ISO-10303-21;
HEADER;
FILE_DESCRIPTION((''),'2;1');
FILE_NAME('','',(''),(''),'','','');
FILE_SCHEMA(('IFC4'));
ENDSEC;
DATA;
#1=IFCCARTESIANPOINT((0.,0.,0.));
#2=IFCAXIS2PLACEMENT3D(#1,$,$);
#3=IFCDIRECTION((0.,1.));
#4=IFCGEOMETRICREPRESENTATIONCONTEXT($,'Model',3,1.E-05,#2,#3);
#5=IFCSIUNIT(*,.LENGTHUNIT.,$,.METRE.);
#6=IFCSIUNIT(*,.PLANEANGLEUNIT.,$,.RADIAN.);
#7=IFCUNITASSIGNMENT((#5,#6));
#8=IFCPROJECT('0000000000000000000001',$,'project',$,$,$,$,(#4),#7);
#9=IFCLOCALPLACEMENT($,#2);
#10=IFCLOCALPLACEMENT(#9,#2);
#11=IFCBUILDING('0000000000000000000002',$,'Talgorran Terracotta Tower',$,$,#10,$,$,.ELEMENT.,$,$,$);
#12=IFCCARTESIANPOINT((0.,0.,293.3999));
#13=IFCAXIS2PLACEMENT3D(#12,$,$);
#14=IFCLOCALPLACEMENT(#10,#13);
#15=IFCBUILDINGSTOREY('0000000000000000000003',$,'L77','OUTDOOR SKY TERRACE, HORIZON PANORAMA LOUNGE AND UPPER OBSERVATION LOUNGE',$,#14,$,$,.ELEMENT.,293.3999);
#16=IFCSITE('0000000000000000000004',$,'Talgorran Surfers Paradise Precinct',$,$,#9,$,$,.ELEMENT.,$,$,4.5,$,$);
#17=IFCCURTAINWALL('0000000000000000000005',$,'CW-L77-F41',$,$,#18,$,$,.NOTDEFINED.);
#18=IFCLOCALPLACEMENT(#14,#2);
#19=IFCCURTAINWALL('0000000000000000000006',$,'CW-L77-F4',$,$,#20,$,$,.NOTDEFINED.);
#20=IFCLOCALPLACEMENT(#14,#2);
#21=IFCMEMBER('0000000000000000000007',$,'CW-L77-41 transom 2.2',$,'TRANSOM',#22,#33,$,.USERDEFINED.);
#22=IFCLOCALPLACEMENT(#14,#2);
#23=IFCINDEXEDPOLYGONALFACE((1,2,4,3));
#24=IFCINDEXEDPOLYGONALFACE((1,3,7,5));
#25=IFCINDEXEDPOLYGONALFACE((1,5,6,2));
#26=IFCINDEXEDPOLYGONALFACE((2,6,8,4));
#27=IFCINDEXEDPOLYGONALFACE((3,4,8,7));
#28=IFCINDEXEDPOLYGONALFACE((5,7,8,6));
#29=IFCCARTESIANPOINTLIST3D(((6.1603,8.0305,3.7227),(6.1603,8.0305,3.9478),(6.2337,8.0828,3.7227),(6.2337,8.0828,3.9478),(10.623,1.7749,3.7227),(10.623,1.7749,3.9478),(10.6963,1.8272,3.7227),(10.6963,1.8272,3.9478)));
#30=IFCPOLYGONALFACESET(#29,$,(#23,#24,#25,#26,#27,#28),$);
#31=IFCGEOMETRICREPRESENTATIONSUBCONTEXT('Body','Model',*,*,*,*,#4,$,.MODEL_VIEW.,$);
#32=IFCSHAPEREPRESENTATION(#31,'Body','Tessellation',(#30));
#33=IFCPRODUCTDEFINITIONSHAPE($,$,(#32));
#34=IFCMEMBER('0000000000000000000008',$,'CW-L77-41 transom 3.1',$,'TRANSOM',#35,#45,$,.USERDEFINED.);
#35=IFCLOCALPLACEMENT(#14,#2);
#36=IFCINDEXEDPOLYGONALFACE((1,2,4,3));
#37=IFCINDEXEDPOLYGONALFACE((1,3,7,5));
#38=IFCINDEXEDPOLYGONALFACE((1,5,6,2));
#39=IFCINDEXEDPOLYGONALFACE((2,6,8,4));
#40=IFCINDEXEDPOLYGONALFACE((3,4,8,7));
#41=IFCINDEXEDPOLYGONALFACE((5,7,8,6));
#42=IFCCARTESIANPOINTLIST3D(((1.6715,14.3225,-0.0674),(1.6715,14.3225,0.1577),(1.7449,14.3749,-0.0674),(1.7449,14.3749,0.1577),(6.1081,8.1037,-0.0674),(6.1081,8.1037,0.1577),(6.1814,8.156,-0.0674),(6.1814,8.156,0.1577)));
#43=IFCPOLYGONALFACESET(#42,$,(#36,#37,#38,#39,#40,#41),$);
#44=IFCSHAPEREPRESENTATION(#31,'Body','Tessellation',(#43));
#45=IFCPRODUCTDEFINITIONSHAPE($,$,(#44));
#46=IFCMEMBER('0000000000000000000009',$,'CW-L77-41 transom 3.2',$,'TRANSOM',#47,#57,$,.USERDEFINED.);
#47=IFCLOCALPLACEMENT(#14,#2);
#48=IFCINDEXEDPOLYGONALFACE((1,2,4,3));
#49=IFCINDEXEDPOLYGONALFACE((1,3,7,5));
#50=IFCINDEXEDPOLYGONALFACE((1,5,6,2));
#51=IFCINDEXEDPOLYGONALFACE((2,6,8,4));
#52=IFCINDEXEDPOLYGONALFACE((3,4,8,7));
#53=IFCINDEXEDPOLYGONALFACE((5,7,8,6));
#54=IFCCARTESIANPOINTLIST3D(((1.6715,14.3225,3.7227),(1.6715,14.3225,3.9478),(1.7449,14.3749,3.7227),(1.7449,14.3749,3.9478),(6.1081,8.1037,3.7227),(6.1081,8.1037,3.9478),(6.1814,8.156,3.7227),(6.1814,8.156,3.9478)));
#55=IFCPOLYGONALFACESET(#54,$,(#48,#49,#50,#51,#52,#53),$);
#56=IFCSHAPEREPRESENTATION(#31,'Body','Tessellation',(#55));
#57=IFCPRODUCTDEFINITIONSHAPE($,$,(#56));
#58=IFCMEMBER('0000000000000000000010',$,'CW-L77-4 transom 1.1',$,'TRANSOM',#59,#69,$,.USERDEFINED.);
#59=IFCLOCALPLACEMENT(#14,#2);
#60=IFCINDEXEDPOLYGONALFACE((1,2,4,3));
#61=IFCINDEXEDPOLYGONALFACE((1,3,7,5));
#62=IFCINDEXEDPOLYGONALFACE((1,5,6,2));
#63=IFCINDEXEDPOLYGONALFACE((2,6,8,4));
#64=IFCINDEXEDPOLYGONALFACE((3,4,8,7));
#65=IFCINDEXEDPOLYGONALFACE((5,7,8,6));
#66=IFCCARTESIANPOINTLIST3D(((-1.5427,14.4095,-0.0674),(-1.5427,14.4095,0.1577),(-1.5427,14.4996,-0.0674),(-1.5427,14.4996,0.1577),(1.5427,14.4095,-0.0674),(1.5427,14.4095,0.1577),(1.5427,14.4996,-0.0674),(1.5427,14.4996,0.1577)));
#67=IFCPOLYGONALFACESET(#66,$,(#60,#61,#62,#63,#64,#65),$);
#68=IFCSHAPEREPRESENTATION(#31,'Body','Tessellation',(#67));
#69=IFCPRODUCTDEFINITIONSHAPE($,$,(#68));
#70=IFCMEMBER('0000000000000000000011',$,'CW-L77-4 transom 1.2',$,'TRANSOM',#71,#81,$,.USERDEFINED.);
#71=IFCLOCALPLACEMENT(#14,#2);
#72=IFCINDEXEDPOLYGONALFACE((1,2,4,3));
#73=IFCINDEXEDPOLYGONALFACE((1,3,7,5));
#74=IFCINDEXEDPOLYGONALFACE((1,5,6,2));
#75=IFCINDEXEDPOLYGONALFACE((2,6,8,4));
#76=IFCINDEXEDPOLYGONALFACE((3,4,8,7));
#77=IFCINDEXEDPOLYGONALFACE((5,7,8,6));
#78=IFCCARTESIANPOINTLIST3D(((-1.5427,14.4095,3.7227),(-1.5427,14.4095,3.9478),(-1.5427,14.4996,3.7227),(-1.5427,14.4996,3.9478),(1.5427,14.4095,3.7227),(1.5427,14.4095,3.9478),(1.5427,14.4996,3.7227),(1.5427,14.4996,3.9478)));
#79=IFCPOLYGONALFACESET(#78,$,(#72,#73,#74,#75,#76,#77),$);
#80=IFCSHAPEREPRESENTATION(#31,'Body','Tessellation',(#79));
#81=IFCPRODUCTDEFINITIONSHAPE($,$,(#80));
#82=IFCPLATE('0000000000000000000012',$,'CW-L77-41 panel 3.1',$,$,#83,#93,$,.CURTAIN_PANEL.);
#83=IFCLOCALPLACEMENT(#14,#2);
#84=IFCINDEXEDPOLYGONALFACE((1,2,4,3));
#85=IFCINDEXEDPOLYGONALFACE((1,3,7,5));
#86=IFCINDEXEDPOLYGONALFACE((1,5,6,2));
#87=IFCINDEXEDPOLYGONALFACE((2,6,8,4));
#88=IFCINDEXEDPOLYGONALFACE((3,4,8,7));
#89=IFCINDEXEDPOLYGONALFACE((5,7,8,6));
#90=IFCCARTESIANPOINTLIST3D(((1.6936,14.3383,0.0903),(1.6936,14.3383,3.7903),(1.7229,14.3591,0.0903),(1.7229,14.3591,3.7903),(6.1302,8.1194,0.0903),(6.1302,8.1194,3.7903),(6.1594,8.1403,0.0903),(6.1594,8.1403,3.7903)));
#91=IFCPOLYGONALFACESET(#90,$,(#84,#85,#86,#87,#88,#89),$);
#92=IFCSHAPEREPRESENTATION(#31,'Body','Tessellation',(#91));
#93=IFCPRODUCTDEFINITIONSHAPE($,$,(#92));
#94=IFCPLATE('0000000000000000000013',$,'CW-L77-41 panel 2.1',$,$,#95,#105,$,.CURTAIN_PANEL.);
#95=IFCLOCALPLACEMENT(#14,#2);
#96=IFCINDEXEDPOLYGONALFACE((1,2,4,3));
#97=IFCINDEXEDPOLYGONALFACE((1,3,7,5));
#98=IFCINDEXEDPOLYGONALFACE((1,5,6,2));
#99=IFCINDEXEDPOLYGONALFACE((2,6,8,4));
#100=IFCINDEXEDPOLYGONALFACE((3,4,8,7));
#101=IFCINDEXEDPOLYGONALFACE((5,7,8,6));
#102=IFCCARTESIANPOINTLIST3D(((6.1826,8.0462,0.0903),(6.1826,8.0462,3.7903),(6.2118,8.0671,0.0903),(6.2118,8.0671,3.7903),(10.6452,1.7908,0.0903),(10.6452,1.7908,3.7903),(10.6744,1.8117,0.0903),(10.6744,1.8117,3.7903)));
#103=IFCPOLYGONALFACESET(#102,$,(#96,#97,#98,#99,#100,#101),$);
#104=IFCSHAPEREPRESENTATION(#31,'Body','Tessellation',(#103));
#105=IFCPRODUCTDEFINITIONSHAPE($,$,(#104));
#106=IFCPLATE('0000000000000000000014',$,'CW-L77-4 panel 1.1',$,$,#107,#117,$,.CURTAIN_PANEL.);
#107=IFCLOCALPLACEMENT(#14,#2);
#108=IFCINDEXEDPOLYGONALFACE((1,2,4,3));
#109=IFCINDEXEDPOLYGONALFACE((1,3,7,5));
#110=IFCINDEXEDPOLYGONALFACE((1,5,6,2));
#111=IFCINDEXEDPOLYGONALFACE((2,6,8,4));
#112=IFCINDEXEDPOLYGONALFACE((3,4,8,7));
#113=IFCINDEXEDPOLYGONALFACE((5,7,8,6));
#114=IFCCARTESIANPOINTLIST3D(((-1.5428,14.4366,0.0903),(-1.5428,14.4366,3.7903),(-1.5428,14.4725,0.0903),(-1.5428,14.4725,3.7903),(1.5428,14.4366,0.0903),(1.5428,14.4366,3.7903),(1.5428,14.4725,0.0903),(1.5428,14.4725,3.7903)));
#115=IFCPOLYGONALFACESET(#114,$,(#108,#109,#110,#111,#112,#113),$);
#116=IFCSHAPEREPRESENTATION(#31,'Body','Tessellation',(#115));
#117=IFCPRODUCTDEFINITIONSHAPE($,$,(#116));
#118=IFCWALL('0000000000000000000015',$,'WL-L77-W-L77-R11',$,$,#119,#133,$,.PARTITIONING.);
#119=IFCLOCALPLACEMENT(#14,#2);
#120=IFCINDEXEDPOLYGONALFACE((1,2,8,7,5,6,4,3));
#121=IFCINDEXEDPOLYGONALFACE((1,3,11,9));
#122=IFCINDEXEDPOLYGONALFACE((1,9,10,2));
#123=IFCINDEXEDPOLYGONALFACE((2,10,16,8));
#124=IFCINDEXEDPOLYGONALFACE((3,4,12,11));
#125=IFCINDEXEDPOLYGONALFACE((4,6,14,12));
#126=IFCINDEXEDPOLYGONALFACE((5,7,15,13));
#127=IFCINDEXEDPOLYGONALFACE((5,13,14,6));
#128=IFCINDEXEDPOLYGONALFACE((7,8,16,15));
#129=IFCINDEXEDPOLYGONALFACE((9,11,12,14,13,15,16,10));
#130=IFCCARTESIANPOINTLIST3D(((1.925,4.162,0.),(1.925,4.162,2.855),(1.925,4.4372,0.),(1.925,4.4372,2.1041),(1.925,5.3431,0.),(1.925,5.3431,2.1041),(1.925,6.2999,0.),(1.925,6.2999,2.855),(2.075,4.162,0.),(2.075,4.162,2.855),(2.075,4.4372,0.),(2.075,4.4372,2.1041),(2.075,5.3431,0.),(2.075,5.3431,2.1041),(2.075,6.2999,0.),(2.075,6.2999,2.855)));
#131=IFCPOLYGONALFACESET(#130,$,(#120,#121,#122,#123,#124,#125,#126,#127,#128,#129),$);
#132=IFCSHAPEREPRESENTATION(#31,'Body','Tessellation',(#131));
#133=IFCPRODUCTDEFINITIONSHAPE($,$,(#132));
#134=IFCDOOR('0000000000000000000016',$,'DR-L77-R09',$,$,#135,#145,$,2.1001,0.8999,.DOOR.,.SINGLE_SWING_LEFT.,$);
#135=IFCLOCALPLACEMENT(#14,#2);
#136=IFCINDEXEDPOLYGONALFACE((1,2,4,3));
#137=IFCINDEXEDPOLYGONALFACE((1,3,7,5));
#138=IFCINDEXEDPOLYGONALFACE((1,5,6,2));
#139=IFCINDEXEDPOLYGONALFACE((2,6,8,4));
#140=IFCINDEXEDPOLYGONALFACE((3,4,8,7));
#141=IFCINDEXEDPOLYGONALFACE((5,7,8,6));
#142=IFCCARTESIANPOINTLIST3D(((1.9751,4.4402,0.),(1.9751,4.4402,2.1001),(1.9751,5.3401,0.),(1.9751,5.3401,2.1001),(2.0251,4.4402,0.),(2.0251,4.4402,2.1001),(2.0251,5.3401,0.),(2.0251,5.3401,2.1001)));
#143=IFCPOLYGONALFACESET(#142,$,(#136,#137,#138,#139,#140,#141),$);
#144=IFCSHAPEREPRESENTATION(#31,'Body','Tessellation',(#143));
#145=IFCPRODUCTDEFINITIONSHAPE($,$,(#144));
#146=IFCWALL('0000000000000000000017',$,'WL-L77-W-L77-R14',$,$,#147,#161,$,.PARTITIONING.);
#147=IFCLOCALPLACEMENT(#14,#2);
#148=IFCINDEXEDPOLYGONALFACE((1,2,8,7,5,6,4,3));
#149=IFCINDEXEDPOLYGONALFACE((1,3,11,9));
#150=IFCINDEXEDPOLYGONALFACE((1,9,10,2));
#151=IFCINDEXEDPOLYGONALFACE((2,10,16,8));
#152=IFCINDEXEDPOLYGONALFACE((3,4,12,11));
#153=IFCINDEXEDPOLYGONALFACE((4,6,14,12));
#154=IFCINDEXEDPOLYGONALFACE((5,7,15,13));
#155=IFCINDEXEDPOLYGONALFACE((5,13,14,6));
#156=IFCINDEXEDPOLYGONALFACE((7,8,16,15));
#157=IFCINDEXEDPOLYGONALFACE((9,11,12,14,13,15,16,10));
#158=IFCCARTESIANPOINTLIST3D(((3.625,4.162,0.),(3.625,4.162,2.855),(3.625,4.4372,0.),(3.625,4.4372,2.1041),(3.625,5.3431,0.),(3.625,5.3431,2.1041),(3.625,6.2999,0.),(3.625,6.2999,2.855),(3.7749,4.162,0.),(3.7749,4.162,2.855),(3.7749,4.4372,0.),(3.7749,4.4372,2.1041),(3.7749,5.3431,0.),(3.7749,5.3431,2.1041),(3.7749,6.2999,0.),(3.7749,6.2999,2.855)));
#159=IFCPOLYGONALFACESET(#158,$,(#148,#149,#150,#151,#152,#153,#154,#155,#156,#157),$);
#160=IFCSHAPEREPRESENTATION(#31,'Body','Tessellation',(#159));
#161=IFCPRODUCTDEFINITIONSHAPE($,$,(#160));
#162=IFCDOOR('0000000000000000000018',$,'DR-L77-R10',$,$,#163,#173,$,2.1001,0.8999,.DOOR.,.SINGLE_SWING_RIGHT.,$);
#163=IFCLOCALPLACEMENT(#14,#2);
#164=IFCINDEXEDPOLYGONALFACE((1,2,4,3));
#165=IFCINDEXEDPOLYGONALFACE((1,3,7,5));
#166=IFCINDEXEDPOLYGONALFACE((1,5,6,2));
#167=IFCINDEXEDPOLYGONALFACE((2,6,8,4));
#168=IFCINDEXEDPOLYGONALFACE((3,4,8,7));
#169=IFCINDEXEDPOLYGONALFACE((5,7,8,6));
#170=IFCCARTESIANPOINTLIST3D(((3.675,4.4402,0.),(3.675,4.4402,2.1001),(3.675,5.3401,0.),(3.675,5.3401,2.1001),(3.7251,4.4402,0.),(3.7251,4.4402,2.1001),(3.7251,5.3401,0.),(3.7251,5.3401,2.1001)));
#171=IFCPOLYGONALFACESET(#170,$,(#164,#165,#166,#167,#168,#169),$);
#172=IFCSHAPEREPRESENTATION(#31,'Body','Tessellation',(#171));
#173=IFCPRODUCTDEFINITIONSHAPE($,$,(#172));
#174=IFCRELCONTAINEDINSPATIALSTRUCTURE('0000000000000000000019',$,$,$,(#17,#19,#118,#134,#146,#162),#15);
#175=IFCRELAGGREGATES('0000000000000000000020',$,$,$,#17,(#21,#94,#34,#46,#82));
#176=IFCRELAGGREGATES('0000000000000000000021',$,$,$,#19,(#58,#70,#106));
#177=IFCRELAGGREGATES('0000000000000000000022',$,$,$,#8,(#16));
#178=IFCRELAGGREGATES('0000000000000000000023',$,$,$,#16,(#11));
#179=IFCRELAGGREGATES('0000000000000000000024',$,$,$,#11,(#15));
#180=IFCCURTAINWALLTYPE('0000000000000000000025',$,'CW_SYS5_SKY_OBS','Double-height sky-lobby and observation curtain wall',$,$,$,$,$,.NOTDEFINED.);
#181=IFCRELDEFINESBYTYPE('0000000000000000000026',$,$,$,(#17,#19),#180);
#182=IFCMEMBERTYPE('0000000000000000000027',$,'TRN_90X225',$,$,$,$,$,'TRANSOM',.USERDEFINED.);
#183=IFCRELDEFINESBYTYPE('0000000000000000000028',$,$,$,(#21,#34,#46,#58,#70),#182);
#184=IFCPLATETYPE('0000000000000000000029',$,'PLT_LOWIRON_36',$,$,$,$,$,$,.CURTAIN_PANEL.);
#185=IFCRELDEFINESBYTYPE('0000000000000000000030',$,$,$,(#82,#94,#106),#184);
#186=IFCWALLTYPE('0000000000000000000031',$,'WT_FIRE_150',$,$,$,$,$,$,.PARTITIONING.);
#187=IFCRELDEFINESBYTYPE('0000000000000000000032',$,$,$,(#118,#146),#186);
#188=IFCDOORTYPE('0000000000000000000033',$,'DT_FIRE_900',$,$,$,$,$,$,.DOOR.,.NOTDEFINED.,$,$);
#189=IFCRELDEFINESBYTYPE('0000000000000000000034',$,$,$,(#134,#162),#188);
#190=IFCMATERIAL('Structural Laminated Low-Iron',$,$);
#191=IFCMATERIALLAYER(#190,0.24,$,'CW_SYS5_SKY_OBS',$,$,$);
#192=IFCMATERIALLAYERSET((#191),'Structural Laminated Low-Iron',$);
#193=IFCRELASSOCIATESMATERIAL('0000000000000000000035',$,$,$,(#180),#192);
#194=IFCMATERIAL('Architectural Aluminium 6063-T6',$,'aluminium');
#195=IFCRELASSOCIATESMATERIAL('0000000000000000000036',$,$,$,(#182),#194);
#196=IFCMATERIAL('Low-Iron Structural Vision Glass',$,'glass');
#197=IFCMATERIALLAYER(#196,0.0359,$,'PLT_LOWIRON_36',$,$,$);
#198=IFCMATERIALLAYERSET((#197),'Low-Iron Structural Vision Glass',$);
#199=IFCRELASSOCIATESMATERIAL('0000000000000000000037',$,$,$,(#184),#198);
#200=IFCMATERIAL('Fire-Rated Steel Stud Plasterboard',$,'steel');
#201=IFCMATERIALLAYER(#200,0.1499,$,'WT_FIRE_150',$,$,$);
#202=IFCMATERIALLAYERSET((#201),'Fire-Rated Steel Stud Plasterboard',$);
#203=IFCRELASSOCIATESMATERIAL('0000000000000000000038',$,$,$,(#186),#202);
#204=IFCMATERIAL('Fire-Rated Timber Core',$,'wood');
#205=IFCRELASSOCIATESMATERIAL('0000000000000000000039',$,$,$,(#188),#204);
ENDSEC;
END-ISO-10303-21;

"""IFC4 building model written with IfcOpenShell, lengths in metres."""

from ifc_helpers import new_model, si_unit, direction, frame, frame_2d, origin, origin_2d, place, context, subcontext, project, spatial, rectangle, extrude, source, transform, mapped, material, layer, layer_set, material_profile, profile_set, type_object, type_shapes, element, fill, aggregate, save


model = new_model("IFC4")

# Units and contexts
model_context = context("Model", 3, precision=1e-05, world=origin(), true_north=direction((0.0, 1.0)))
body_context = subcontext(model_context, "Body", "Model", "MODEL_VIEW")
ifc_project = project(units=[si_unit("LENGTHUNIT", "METRE"), si_unit("PLANEANGLEUNIT", "RADIAN")], contexts=[model_context])

# Site, building, storey
site_placement = place(None, origin())
site = spatial("IfcSite", under=ifc_project, at=site_placement, Name="Talgorran Surfers Paradise Precinct", CompositionType="ELEMENT", RefElevation=4.5)
building_placement = place(site_placement, origin())
building = spatial("IfcBuilding", under=site, at=building_placement, Name="Talgorran Terracotta Tower", CompositionType="ELEMENT")
storey_placement = place(building_placement, frame((0.0, 0.0, 293.3999)))
storey = spatial("IfcBuildingStorey", under=building, at=storey_placement, Name="L77", Description="OUTDOOR SKY TERRACE, HORIZON PANORAMA LOUNGE AND UPPER OBSERVATION LOUNGE", CompositionType="ELEMENT", Elevation=293.3999)

# Curtain wall
ifc_material_1 = material(Name="Structural Laminated Low-Iron")
ifc_layer_1 = layer(ifc_material_1, 0.24, Name="CW_SYS5_SKY_OBS")
ifc_layer_set_1 = layer_set([ifc_layer_1], Name="Structural Laminated Low-Iron")
curtain_wall_type = type_object("IfcCurtainWallType", Name="CW_SYS5_SKY_OBS", Description="Double-height sky-lobby and observation curtain wall", PredefinedType="NOTDEFINED", material=ifc_layer_set_1)
curtain_wall_1_placement = place(storey_placement, origin())
curtain_wall_1 = element("IfcCurtainWall", 1, at=curtain_wall_1_placement, inside=storey, type_object=curtain_wall_type, Name="CW-L77-F41", PredefinedType="NOTDEFINED")
ifc_material_2 = material(Name="Architectural Aluminium 6063-T6", Category="aluminium")

# Curtain wall
curtain_wall_2_placement = place(storey_placement, origin())
curtain_wall_2 = element("IfcCurtainWall", 2, at=curtain_wall_2_placement, inside=storey, type_object=curtain_wall_type, Name="CW-L77-F4", PredefinedType="NOTDEFINED")

# Members
ifc_material_profile_1 = material_profile(ifc_material_2, rectangle(XDim=0.0901, YDim=0.2251, at=origin_2d()), Name="CWT90X225")
ifc_profile_set_1 = profile_set([ifc_material_profile_1], Name="Architectural Aluminium 6063-T6")
member_type_1 = type_object("IfcMemberType", Name="TRN_90X225", ElementType="TRANSOM", PredefinedType="USERDEFINED", material=ifc_profile_set_1)
member_1_placement = place(storey_placement, frame((10.6597, 1.801, 3.8352), z_axis=(-0.580751, 0.814081, 0.0), x_axis=(-0.814081, -0.580751, 0.0)))
member_1 = element("IfcMember", 3, at=member_1_placement, type_object=member_type_1, Name="CW-L77-41 transom 2.2", ObjectType="TRANSOM", PredefinedType="USERDEFINED", context=body_context, shape_type="SweptSolid", body=[
    extrude(rectangle(XDim=0.0901, YDim=0.2251, at=origin_2d()), origin(), (0.0, 0.0, 1.0), 7.6843),
])
member_2_placement = place(storey_placement, frame((6.1448, 8.1299, 0.0452), z_axis=(-0.580766, 0.81407, 0.0), x_axis=(-0.81407, -0.580766, 0.0)))
member_2 = element("IfcMember", 4, at=member_2_placement, type_object=member_type_1, Name="CW-L77-41 transom 3.1", ObjectType="TRANSOM", PredefinedType="USERDEFINED", context=body_context, shape_type="SweptSolid", body=[
    extrude(rectangle(XDim=0.0901, YDim=0.2251, at=origin_2d()), origin(), (0.0, 0.0, 1.0), 7.6392),
])
member_3_placement = place(storey_placement, frame((6.1448, 8.1299, 3.8352), z_axis=(-0.580766, 0.81407, 0.0), x_axis=(-0.81407, -0.580766, 0.0)))
member_3 = element("IfcMember", 5, at=member_3_placement, type_object=member_type_1, Name="CW-L77-41 transom 3.2", ObjectType="TRANSOM", PredefinedType="USERDEFINED", context=body_context, shape_type="SweptSolid", body=[
    extrude(rectangle(XDim=0.0901, YDim=0.2251, at=origin_2d()), origin(), (0.0, 0.0, 1.0), 7.6392),
])
member_4_placement = place(storey_placement, frame((1.5427, 14.4546, 0.0452), z_axis=(-1.0, 0.0, 0.0), x_axis=(0.0, -1.0, 0.0)))
member_4 = element("IfcMember", 6, at=member_4_placement, type_object=member_type_1, Name="CW-L77-4 transom 1.1", ObjectType="TRANSOM", PredefinedType="USERDEFINED", context=body_context, shape_type="SweptSolid", body=[
    extrude(rectangle(XDim=0.0901, YDim=0.2251, at=origin_2d()), origin(), (0.0, 0.0, 1.0), 3.0854),
])
member_5_placement = place(storey_placement, frame((1.5427, 14.4546, 3.8352), z_axis=(-1.0, 0.0, 0.0), x_axis=(0.0, -1.0, 0.0)))
member_5 = element("IfcMember", 7, at=member_5_placement, type_object=member_type_1, Name="CW-L77-4 transom 1.2", ObjectType="TRANSOM", PredefinedType="USERDEFINED", context=body_context, shape_type="SweptSolid", body=[
    extrude(rectangle(XDim=0.0901, YDim=0.2251, at=origin_2d()), origin(), (0.0, 0.0, 1.0), 3.0854),
])

# Plates
ifc_material_3 = material(Name="Low-Iron Structural Vision Glass", Category="glass")
ifc_layer_2 = layer(ifc_material_3, 0.0359, Name="PLT_LOWIRON_36")
ifc_layer_set_2 = layer_set([ifc_layer_2], Name="Low-Iron Structural Vision Glass")
plate_type = type_object("IfcPlateType", Name="PLT_LOWIRON_36", PredefinedType="CURTAIN_PANEL", material=ifc_layer_set_2)
shared_shape_1 = source(origin(), body_context, "Body", "SweptSolid", [
    extrude(rectangle(XDim=7.6392, YDim=0.0359, at=origin_2d()), origin(), (0.0, 0.0, 1.0), 3.7),
])
plate_1_placement = place(storey_placement, frame((3.9265, 11.2393, 0.0903), z_axis=(0.0, 0.0, 1.0), x_axis=(-0.58076, 0.814075, 0.0)))
plate_1 = element("IfcPlate", 8, at=plate_1_placement, type_object=plate_type, Name="CW-L77-41 panel 3.1", PredefinedType="CURTAIN_PANEL", context=body_context, shape_type="MappedRepresentation", body=[
    mapped(shared_shape_1, transform((0.0, 0.0, 0.0), scale=1.0)),
])
shared_shape_2 = source(origin(), body_context, "Body", "SweptSolid", [
    extrude(rectangle(XDim=7.6841, YDim=0.0359, at=origin_2d()), origin(), (0.0, 0.0, 1.0), 3.7),
])
plate_2_placement = place(storey_placement, frame((8.4285, 4.929, 0.0903), z_axis=(0.0, 0.0, 1.0), x_axis=(-0.58076, 0.814075, 0.0)))
plate_2 = element("IfcPlate", 9, at=plate_2_placement, type_object=plate_type, Name="CW-L77-41 panel 2.1", PredefinedType="CURTAIN_PANEL", context=body_context, shape_type="MappedRepresentation", body=[
    mapped(shared_shape_2, transform((0.0, 0.0, 0.0), scale=1.0)),
])
aggregate(curtain_wall_1, [member_1, plate_2, member_2, member_3, plate_1])
shared_shape_3 = source(origin(), body_context, "Body", "SweptSolid", [
    extrude(rectangle(XDim=3.0857, YDim=0.0359, at=origin_2d()), origin(), (0.0, 0.0, 1.0), 3.7),
])
type_shapes(plate_type, [shared_shape_1, shared_shape_2, shared_shape_3])
plate_3_placement = place(storey_placement, frame((0.0, 14.4546, 0.0903), z_axis=(0.0, 0.0, 1.0), x_axis=(-1.0, 0.0, 0.0)))
plate_3 = element("IfcPlate", 10, at=plate_3_placement, type_object=plate_type, Name="CW-L77-4 panel 1.1", PredefinedType="CURTAIN_PANEL", context=body_context, shape_type="MappedRepresentation", body=[
    mapped(shared_shape_3, transform((0.0, 0.0, 0.0), scale=1.0)),
])
aggregate(curtain_wall_2, [member_4, member_5, plate_3])

# Walls, openings, doors
ifc_material_4 = material(Name="Fire-Rated Steel Stud Plasterboard", Category="steel")
ifc_layer_3 = layer(ifc_material_4, 0.1499, Name="WT_FIRE_150")
ifc_layer_set_3 = layer_set([ifc_layer_3], Name="Fire-Rated Steel Stud Plasterboard")
wall_type_1 = type_object("IfcWallType", Name="WT_FIRE_150", PredefinedType="PARTITIONING", material=ifc_layer_set_3)
wall_1_placement = place(storey_placement, frame((2.0, 4.1621, 0.0), z_axis=(0.0, 0.0, 1.0), x_axis=(0.0, 1.0, 0.0)))
wall_1 = element("IfcWall", 11, at=wall_1_placement, inside=storey, type_object=wall_type_1, Name="WL-L77-W-L77-R11", PredefinedType="PARTITIONING", context=body_context, shape_type="SweptSolid", body=[
    extrude(rectangle(XDim=2.1379, YDim=0.1499, at=frame_2d((1.0688, 0.0))), origin(), (0.0, 0.0, 1.0), 2.855),
])
opening_1_placement = place(wall_1_placement, frame((0.2781, 0.0, 0.0)))
opening_1 = element("IfcOpeningElement", 12, at=opening_1_placement, cuts=wall_1, PredefinedType="OPENING", context=body_context, shape_type="SweptSolid", body=[
    extrude(rectangle(XDim=0.9059, YDim=2.1041, at=frame_2d((0.45, 1.052))), frame((0.0, 0.085, 0.0), z_axis=(0.0, -1.0, 0.0), x_axis=(1.0, 0.0, 0.0)), (0.0, 0.0, 1.0), 0.1699),
])
ifc_material_5 = material(Name="Fire-Rated Timber Core", Category="wood")
door_type = type_object("IfcDoorType", Name="DT_FIRE_900", OperationType="NOTDEFINED", PredefinedType="DOOR", material=ifc_material_5)
door_1_placement = place(opening_1_placement, origin())
door_1 = element("IfcDoor", 13, at=door_1_placement, inside=storey, type_object=door_type, Name="DR-L77-R09", OperationType="SINGLE_SWING_LEFT", OverallHeight=2.1001, OverallWidth=0.8999, PredefinedType="DOOR", context=body_context, shape_type="SweptSolid", body=[
    extrude(rectangle(XDim=0.8999, YDim=2.1001, at=frame_2d((0.45, 1.05))), frame((0.0, 0.0249, 0.0), z_axis=(0.0, -1.0, 0.0), x_axis=(1.0, 0.0, 0.0)), (0.0, 0.0, 1.0), 0.05),
])
fill(opening_1, door_1)
wall_2_placement = place(storey_placement, frame((3.7, 4.1621, 0.0), z_axis=(0.0, 0.0, 1.0), x_axis=(0.0, 1.0, 0.0)))
wall_2 = element("IfcWall", 14, at=wall_2_placement, inside=storey, type_object=wall_type_1, Name="WL-L77-W-L77-R14", PredefinedType="PARTITIONING", context=body_context, shape_type="SweptSolid", body=[
    extrude(rectangle(XDim=2.1379, YDim=0.1499, at=frame_2d((1.0688, 0.0))), origin(), (0.0, 0.0, 1.0), 2.855),
])
opening_2_placement = place(wall_2_placement, frame((0.2781, 0.0, 0.0)))
opening_2 = element("IfcOpeningElement", 15, at=opening_2_placement, cuts=wall_2, PredefinedType="OPENING", context=body_context, shape_type="SweptSolid", body=[
    extrude(rectangle(XDim=0.9059, YDim=2.1041, at=frame_2d((0.45, 1.052))), frame((0.0, 0.085, 0.0), z_axis=(0.0, -1.0, 0.0), x_axis=(1.0, 0.0, 0.0)), (0.0, 0.0, 1.0), 0.1699),
])
door_2_placement = place(opening_2_placement, origin())
door_2 = element("IfcDoor", 16, at=door_2_placement, inside=storey, type_object=door_type, Name="DR-L77-R10", OperationType="SINGLE_SWING_RIGHT", OverallHeight=2.1001, OverallWidth=0.8999, PredefinedType="DOOR", context=body_context, shape_type="SweptSolid", body=[
    extrude(rectangle(XDim=0.8999, YDim=2.1001, at=frame_2d((0.45, 1.05))), frame((0.0, 0.0249, 0.0), z_axis=(0.0, -1.0, 0.0), x_axis=(1.0, 0.0, 0.0)), (0.0, 0.0, 1.0), 0.05),
])
fill(opening_2, door_2)

save(model, "model.ifc")
